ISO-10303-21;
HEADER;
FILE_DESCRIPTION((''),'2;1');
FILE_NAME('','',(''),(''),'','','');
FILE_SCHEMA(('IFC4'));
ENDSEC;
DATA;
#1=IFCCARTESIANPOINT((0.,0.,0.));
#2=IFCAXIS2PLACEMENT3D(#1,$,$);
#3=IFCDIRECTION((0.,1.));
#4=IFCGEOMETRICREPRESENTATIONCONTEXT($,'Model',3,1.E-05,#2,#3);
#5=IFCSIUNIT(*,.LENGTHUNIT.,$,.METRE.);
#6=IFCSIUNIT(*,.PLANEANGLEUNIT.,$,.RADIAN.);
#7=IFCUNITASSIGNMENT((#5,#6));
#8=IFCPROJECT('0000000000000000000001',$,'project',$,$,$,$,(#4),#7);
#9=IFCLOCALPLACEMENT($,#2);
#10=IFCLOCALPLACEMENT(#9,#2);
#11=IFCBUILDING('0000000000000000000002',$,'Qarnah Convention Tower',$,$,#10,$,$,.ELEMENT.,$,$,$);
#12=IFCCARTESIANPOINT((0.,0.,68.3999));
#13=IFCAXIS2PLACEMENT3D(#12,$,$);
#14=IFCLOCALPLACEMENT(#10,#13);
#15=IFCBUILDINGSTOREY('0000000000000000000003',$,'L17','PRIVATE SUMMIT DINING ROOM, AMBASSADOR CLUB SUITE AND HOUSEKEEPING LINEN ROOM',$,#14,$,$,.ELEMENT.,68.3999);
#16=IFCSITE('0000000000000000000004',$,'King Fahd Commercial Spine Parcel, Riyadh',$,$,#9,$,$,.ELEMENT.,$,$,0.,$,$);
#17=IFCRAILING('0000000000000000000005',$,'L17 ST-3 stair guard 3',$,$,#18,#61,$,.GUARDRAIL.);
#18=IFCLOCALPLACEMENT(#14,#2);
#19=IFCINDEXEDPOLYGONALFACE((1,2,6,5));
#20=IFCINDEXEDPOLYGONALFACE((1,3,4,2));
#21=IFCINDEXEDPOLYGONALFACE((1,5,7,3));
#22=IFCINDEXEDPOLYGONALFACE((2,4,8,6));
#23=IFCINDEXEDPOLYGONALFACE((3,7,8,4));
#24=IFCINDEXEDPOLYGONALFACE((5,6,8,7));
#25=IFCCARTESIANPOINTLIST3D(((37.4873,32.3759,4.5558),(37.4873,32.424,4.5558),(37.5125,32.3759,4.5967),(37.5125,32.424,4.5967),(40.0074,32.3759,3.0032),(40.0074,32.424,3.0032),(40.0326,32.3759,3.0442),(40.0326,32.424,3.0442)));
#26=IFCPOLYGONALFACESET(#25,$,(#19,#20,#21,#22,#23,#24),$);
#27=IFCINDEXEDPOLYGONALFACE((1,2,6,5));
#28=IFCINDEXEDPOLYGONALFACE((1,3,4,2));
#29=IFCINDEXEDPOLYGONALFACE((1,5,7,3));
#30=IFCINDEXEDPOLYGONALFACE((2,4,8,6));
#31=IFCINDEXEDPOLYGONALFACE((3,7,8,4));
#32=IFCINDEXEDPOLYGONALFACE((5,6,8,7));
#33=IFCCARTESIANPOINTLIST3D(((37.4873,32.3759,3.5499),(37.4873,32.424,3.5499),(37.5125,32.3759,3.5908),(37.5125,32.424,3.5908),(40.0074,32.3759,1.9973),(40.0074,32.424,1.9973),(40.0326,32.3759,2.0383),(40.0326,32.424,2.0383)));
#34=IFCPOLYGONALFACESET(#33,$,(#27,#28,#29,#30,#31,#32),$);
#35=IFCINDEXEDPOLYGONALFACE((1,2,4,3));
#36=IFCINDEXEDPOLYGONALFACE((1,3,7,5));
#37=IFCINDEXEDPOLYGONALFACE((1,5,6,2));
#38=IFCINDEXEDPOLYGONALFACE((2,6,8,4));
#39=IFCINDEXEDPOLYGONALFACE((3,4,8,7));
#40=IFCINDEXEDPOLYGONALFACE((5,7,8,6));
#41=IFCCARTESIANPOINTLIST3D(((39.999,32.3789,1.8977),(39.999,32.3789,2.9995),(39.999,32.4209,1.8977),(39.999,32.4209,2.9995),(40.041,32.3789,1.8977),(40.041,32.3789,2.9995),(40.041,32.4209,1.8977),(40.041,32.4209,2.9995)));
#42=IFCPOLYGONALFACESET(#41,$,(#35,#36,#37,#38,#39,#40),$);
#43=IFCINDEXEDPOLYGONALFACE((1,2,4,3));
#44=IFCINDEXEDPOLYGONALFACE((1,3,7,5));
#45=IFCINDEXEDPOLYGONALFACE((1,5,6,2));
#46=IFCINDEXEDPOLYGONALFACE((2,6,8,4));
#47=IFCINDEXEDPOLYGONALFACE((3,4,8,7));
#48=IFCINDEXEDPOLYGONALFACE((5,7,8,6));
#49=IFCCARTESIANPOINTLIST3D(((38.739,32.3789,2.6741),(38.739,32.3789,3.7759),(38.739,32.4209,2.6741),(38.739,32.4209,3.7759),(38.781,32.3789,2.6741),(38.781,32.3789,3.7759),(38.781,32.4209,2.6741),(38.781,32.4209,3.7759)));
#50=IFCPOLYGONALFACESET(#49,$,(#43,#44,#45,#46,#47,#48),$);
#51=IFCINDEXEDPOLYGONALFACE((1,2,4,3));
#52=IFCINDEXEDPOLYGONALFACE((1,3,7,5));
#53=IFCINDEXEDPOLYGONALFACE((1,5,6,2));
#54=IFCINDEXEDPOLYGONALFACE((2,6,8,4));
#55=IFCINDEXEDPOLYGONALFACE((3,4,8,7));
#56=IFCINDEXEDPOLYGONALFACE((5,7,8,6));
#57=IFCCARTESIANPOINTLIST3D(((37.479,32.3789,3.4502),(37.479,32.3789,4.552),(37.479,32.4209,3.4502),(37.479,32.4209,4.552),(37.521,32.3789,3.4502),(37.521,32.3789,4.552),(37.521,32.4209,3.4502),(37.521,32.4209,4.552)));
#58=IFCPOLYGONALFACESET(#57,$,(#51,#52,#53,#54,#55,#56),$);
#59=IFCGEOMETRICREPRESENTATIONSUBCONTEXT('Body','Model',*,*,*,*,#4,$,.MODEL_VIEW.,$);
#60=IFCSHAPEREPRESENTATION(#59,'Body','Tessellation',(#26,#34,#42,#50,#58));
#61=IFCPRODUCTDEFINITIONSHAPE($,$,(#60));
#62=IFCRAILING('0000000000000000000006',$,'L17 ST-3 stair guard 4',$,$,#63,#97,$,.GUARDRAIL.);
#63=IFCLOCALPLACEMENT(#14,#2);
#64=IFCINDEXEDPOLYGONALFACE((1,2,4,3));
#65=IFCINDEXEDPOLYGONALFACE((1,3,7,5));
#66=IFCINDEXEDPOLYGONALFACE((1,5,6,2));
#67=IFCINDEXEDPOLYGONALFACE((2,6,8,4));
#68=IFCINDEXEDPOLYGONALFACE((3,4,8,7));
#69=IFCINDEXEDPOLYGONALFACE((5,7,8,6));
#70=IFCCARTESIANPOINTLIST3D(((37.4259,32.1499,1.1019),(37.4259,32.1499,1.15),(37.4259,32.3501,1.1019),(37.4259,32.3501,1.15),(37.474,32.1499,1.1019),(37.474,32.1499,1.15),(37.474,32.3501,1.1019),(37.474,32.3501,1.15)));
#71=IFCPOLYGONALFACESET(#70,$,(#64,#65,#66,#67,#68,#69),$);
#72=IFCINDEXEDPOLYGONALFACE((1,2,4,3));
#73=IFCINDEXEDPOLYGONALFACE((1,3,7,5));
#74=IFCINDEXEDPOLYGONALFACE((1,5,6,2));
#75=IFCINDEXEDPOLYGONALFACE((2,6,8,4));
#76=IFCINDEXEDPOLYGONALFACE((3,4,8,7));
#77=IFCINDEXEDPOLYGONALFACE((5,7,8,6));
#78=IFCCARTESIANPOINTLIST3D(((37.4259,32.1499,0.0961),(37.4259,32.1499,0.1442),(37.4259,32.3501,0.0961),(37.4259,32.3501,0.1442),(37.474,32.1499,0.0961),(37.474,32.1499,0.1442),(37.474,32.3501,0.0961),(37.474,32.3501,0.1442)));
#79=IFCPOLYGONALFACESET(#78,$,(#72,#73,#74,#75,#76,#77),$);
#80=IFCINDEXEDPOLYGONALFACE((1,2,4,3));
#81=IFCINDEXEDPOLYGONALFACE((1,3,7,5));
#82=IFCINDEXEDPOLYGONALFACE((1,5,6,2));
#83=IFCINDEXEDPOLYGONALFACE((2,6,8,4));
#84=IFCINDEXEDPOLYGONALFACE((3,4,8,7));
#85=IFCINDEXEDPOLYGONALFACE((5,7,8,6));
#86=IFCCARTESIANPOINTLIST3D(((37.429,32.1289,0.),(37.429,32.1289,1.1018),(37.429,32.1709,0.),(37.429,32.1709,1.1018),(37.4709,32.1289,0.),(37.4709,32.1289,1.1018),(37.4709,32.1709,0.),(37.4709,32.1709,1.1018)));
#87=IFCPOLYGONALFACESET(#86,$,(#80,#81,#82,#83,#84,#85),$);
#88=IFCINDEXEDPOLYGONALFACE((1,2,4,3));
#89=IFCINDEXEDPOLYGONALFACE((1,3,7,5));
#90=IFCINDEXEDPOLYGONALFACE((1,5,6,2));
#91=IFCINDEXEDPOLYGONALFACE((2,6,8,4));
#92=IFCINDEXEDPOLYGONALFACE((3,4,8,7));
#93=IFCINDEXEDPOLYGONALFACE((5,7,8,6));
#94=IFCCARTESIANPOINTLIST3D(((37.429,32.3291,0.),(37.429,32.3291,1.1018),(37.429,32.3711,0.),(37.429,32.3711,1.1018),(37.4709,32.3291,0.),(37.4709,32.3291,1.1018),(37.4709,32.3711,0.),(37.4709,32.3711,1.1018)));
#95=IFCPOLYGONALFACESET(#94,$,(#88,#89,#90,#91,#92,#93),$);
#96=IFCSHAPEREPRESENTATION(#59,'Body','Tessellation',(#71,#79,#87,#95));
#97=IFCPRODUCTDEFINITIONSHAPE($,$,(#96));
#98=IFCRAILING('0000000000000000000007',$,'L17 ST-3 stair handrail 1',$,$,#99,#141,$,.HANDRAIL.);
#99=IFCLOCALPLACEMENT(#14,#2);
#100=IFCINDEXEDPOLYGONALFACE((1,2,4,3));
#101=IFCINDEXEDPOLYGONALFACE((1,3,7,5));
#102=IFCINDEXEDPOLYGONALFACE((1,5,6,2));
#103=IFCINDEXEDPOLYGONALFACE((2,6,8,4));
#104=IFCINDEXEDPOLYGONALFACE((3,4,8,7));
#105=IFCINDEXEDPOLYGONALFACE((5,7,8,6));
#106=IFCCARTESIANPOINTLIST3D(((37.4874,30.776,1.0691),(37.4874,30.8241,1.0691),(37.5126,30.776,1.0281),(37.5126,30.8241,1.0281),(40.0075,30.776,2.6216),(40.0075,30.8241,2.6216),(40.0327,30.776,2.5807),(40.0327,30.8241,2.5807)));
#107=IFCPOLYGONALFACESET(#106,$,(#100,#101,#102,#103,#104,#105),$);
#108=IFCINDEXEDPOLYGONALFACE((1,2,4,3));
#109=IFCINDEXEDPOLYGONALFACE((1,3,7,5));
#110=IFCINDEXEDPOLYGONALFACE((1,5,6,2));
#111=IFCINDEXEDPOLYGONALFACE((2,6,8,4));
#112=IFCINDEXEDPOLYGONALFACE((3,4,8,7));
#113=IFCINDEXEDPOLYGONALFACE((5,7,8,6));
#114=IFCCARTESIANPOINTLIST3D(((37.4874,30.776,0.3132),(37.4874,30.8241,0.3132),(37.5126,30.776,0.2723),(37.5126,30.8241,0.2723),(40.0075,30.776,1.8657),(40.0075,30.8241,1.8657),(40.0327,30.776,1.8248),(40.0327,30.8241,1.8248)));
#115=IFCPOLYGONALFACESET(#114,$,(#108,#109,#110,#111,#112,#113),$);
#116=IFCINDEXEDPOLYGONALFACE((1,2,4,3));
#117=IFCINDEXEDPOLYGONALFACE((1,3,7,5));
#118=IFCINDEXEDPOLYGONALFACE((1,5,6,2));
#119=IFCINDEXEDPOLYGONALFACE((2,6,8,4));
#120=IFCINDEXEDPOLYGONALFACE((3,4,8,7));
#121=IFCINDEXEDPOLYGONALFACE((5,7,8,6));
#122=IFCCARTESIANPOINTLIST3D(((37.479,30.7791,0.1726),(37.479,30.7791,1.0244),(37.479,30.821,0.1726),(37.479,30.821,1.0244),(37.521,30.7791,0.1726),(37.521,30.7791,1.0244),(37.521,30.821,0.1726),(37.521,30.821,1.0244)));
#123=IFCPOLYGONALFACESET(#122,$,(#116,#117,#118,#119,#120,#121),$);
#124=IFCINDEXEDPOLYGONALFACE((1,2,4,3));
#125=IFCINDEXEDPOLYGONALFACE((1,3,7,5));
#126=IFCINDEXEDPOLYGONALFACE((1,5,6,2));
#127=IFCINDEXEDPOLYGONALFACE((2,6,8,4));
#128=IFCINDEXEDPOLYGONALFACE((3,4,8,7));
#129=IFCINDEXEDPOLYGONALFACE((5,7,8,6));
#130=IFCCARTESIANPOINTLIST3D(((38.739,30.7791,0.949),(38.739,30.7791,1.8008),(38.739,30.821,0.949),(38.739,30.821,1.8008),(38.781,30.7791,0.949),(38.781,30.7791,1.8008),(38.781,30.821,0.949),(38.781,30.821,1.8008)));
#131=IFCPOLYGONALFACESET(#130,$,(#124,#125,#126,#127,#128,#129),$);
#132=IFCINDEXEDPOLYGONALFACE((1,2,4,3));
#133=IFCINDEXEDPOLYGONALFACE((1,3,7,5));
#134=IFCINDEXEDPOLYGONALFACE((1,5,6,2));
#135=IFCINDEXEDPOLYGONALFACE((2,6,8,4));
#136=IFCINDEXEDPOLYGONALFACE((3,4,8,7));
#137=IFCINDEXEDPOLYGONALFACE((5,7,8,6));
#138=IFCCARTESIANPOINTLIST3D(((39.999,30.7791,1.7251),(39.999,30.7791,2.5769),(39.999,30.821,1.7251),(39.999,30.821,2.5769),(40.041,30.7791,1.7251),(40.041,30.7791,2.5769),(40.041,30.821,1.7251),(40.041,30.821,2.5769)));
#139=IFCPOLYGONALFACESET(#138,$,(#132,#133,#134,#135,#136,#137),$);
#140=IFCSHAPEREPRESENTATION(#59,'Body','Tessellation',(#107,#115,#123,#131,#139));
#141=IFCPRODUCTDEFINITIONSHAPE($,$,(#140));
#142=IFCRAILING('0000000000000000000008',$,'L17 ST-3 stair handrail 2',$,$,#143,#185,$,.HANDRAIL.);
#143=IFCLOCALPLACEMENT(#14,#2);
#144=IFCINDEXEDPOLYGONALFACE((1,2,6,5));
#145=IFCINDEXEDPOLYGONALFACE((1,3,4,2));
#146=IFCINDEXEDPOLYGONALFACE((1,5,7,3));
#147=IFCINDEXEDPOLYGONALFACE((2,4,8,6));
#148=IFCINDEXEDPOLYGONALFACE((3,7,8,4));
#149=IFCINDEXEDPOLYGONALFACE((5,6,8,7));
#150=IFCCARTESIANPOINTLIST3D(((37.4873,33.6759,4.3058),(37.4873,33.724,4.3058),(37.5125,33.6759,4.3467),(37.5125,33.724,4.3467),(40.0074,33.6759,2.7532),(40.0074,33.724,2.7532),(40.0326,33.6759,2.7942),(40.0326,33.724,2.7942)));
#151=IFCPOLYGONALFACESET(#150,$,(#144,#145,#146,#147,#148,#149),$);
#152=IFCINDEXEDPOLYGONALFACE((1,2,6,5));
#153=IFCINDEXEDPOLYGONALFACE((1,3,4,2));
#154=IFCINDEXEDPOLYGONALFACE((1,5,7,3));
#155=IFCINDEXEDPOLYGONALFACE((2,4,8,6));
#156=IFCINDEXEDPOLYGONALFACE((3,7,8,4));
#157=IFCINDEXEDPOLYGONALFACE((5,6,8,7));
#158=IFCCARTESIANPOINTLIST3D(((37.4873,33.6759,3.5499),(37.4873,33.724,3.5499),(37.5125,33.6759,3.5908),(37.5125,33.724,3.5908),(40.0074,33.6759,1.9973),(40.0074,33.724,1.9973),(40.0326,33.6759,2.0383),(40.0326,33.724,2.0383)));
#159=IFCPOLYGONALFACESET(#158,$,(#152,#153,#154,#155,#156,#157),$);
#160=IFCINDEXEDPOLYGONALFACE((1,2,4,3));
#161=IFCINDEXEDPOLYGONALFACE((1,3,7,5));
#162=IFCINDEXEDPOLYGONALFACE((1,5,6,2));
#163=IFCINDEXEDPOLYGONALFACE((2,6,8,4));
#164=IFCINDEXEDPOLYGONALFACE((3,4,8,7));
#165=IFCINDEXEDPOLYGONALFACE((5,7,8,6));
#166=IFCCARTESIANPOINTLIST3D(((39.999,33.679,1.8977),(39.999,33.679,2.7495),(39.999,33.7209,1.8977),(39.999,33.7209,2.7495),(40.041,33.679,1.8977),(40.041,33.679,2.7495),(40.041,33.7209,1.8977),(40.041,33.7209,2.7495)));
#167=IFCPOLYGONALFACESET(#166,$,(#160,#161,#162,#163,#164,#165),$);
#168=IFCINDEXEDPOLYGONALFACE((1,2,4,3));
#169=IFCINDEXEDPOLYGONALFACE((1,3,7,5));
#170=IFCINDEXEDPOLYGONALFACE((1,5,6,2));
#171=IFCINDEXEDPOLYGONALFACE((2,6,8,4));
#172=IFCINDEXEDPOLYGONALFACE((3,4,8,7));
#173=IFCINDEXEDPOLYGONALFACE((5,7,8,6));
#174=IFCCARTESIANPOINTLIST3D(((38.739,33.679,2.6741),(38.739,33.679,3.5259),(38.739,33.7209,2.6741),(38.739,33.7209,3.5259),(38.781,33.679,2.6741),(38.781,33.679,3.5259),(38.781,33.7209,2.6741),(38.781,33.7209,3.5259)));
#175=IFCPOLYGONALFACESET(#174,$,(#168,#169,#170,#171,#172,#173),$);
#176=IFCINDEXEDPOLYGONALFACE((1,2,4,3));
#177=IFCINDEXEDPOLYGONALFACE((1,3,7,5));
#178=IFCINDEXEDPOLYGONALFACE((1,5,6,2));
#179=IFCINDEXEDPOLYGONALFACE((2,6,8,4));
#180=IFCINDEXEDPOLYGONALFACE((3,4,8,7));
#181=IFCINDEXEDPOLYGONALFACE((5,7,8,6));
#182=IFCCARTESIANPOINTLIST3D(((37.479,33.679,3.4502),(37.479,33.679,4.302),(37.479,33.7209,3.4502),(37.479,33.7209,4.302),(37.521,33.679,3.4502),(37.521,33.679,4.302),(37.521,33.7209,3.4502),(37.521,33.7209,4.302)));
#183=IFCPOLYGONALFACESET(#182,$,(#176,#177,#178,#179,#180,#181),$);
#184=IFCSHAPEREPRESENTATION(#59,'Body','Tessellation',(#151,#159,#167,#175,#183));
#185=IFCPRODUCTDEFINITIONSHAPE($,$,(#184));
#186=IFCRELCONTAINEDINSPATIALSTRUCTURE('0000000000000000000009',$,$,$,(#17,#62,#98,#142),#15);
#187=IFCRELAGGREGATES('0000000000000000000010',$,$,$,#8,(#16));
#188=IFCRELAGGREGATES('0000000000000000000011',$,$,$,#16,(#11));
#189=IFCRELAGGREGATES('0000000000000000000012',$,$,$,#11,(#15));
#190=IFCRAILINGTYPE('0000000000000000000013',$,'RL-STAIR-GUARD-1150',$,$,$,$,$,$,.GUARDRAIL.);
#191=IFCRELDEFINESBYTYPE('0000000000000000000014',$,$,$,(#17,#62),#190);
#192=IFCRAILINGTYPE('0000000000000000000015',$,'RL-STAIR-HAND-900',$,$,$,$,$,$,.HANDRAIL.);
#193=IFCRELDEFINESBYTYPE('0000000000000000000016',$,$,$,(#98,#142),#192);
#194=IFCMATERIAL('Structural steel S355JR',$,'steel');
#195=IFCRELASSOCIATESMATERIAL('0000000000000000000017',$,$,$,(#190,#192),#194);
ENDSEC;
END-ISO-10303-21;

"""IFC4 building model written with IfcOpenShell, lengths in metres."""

from ifc_helpers import new_model, si_unit, direction, frame, origin, origin_2d, place, context, subcontext, project, spatial, rectangle, extrude, material, type_object, element, save


model = new_model("IFC4")

# Units and contexts
model_context = context("Model", 3, precision=1e-05, world=origin(), true_north=direction((0.0, 1.0)))
body_context = subcontext(model_context, "Body", "Model", "MODEL_VIEW")
ifc_project = project(units=[si_unit("LENGTHUNIT", "METRE"), si_unit("PLANEANGLEUNIT", "RADIAN")], contexts=[model_context])

# Site, building, storey
site_placement = place(None, origin())
site = spatial("IfcSite", under=ifc_project, at=site_placement, Name="King Fahd Commercial Spine Parcel, Riyadh", CompositionType="ELEMENT", RefElevation=0.0)
building_placement = place(site_placement, origin())
building = spatial("IfcBuilding", under=site, at=building_placement, Name="Qarnah Convention Tower", CompositionType="ELEMENT")
storey_placement = place(building_placement, frame((0.0, 0.0, 68.3999)))
storey = spatial("IfcBuildingStorey", under=building, at=storey_placement, Name="L17", Description="PRIVATE SUMMIT DINING ROOM, AMBASSADOR CLUB SUITE AND HOUSEKEEPING LINEN ROOM", CompositionType="ELEMENT", Elevation=68.3999)

# Shared definitions
ifc_material_1 = material(Name="Structural steel S355JR", Category="steel")

# Railings
railing_type_1 = type_object("IfcRailingType", Name="RL-STAIR-GUARD-1150", PredefinedType="GUARDRAIL", material=ifc_material_1)
railing_1_placement = place(storey_placement, frame((40.02, 32.3999, 1.8977)))
element("IfcRailing", 1, at=railing_1_placement, inside=storey, type_object=railing_type_1, Name="L17 ST-3 stair guard 3", PredefinedType="GUARDRAIL", context=body_context, shape_type="SweptSolid", body=[
    extrude(rectangle(XDim=0.0481, YDim=0.0481, at=origin_2d()), frame((0.0, 0.0, 1.126), z_axis=(-0.8514, 0.0, 0.524516), x_axis=(0.0, -1.0, 0.0)), (0.0, 0.0, 1.0), 2.96),
    extrude(rectangle(XDim=0.0481, YDim=0.0481, at=origin_2d()), frame((0.0, 0.0, 0.1201), z_axis=(-0.8514, 0.0, 0.524516), x_axis=(0.0, -1.0, 0.0)), (0.0, 0.0, 1.0), 2.96),
    extrude(rectangle(XDim=0.042, YDim=0.042, at=origin_2d()), origin(), (0.0, 0.0, 1.0), 1.1018),
    extrude(rectangle(XDim=0.042, YDim=0.042, at=origin_2d()), frame((-1.26, 0.0, 0.7764)), (0.0, 0.0, 1.0), 1.1018),
    extrude(rectangle(XDim=0.042, YDim=0.042, at=origin_2d()), frame((-2.52, 0.0, 1.5525)), (0.0, 0.0, 1.0), 1.1018),
])
railing_2_placement = place(storey_placement, frame((37.45, 32.1499, 0.0)))
element("IfcRailing", 2, at=railing_2_placement, inside=storey, type_object=railing_type_1, Name="L17 ST-3 stair guard 4", PredefinedType="GUARDRAIL", context=body_context, shape_type="SweptSolid", body=[
    extrude(rectangle(XDim=0.0481, YDim=0.0481, at=origin_2d()), frame((0.0, 0.0, 1.126), z_axis=(0.0, 1.0, 0.0), x_axis=(-1.0, 0.0, 0.0)), (0.0, 0.0, 1.0), 0.2002),
    extrude(rectangle(XDim=0.0481, YDim=0.0481, at=origin_2d()), frame((0.0, 0.0, 0.1201), z_axis=(0.0, 1.0, 0.0), x_axis=(-1.0, 0.0, 0.0)), (0.0, 0.0, 1.0), 0.2002),
    extrude(rectangle(XDim=0.042, YDim=0.042, at=origin_2d()), origin(), (0.0, 0.0, 1.0), 1.1018),
    extrude(rectangle(XDim=0.042, YDim=0.042, at=origin_2d()), frame((0.0, 0.2002, 0.0)), (0.0, 0.0, 1.0), 1.1018),
])
railing_type_2 = type_object("IfcRailingType", Name="RL-STAIR-HAND-900", PredefinedType="HANDRAIL", material=ifc_material_1)
railing_3_placement = place(storey_placement, frame((37.5, 30.8, 0.1726)))
element("IfcRailing", 3, at=railing_3_placement, inside=storey, type_object=railing_type_2, Name="L17 ST-3 stair handrail 1", PredefinedType="HANDRAIL", context=body_context, shape_type="SweptSolid", body=[
    extrude(rectangle(XDim=0.0481, YDim=0.0481, at=origin_2d()), frame((0.0, 0.0, 0.876), z_axis=(0.8514, 0.0, 0.524516), x_axis=(0.0, 1.0, 0.0)), (0.0, 0.0, 1.0), 2.96),
    extrude(rectangle(XDim=0.0481, YDim=0.0481, at=origin_2d()), frame((0.0, 0.0, 0.1201), z_axis=(0.8514, 0.0, 0.524516), x_axis=(0.0, 1.0, 0.0)), (0.0, 0.0, 1.0), 2.96),
    extrude(rectangle(XDim=0.042, YDim=0.042, at=origin_2d()), origin(), (0.0, 0.0, 1.0), 0.8518),
    extrude(rectangle(XDim=0.042, YDim=0.042, at=origin_2d()), frame((1.26, 0.0, 0.7764)), (0.0, 0.0, 1.0), 0.8518),
    extrude(rectangle(XDim=0.042, YDim=0.042, at=origin_2d()), frame((2.52, 0.0, 1.5525)), (0.0, 0.0, 1.0), 0.8518),
])
railing_4_placement = place(storey_placement, frame((40.02, 33.7, 1.8977)))
element("IfcRailing", 4, at=railing_4_placement, inside=storey, type_object=railing_type_2, Name="L17 ST-3 stair handrail 2", PredefinedType="HANDRAIL", context=body_context, shape_type="SweptSolid", body=[
    extrude(rectangle(XDim=0.0481, YDim=0.0481, at=origin_2d()), frame((0.0, 0.0, 0.876), z_axis=(-0.8514, 0.0, 0.524516), x_axis=(0.0, -1.0, 0.0)), (0.0, 0.0, 1.0), 2.96),
    extrude(rectangle(XDim=0.0481, YDim=0.0481, at=origin_2d()), frame((0.0, 0.0, 0.1201), z_axis=(-0.8514, 0.0, 0.524516), x_axis=(0.0, -1.0, 0.0)), (0.0, 0.0, 1.0), 2.96),
    extrude(rectangle(XDim=0.042, YDim=0.042, at=origin_2d()), origin(), (0.0, 0.0, 1.0), 0.8518),
    extrude(rectangle(XDim=0.042, YDim=0.042, at=origin_2d()), frame((-1.26, 0.0, 0.7764)), (0.0, 0.0, 1.0), 0.8518),
    extrude(rectangle(XDim=0.042, YDim=0.042, at=origin_2d()), frame((-2.52, 0.0, 1.5525)), (0.0, 0.0, 1.0), 0.8518),
])

save(model, "model.ifc")
